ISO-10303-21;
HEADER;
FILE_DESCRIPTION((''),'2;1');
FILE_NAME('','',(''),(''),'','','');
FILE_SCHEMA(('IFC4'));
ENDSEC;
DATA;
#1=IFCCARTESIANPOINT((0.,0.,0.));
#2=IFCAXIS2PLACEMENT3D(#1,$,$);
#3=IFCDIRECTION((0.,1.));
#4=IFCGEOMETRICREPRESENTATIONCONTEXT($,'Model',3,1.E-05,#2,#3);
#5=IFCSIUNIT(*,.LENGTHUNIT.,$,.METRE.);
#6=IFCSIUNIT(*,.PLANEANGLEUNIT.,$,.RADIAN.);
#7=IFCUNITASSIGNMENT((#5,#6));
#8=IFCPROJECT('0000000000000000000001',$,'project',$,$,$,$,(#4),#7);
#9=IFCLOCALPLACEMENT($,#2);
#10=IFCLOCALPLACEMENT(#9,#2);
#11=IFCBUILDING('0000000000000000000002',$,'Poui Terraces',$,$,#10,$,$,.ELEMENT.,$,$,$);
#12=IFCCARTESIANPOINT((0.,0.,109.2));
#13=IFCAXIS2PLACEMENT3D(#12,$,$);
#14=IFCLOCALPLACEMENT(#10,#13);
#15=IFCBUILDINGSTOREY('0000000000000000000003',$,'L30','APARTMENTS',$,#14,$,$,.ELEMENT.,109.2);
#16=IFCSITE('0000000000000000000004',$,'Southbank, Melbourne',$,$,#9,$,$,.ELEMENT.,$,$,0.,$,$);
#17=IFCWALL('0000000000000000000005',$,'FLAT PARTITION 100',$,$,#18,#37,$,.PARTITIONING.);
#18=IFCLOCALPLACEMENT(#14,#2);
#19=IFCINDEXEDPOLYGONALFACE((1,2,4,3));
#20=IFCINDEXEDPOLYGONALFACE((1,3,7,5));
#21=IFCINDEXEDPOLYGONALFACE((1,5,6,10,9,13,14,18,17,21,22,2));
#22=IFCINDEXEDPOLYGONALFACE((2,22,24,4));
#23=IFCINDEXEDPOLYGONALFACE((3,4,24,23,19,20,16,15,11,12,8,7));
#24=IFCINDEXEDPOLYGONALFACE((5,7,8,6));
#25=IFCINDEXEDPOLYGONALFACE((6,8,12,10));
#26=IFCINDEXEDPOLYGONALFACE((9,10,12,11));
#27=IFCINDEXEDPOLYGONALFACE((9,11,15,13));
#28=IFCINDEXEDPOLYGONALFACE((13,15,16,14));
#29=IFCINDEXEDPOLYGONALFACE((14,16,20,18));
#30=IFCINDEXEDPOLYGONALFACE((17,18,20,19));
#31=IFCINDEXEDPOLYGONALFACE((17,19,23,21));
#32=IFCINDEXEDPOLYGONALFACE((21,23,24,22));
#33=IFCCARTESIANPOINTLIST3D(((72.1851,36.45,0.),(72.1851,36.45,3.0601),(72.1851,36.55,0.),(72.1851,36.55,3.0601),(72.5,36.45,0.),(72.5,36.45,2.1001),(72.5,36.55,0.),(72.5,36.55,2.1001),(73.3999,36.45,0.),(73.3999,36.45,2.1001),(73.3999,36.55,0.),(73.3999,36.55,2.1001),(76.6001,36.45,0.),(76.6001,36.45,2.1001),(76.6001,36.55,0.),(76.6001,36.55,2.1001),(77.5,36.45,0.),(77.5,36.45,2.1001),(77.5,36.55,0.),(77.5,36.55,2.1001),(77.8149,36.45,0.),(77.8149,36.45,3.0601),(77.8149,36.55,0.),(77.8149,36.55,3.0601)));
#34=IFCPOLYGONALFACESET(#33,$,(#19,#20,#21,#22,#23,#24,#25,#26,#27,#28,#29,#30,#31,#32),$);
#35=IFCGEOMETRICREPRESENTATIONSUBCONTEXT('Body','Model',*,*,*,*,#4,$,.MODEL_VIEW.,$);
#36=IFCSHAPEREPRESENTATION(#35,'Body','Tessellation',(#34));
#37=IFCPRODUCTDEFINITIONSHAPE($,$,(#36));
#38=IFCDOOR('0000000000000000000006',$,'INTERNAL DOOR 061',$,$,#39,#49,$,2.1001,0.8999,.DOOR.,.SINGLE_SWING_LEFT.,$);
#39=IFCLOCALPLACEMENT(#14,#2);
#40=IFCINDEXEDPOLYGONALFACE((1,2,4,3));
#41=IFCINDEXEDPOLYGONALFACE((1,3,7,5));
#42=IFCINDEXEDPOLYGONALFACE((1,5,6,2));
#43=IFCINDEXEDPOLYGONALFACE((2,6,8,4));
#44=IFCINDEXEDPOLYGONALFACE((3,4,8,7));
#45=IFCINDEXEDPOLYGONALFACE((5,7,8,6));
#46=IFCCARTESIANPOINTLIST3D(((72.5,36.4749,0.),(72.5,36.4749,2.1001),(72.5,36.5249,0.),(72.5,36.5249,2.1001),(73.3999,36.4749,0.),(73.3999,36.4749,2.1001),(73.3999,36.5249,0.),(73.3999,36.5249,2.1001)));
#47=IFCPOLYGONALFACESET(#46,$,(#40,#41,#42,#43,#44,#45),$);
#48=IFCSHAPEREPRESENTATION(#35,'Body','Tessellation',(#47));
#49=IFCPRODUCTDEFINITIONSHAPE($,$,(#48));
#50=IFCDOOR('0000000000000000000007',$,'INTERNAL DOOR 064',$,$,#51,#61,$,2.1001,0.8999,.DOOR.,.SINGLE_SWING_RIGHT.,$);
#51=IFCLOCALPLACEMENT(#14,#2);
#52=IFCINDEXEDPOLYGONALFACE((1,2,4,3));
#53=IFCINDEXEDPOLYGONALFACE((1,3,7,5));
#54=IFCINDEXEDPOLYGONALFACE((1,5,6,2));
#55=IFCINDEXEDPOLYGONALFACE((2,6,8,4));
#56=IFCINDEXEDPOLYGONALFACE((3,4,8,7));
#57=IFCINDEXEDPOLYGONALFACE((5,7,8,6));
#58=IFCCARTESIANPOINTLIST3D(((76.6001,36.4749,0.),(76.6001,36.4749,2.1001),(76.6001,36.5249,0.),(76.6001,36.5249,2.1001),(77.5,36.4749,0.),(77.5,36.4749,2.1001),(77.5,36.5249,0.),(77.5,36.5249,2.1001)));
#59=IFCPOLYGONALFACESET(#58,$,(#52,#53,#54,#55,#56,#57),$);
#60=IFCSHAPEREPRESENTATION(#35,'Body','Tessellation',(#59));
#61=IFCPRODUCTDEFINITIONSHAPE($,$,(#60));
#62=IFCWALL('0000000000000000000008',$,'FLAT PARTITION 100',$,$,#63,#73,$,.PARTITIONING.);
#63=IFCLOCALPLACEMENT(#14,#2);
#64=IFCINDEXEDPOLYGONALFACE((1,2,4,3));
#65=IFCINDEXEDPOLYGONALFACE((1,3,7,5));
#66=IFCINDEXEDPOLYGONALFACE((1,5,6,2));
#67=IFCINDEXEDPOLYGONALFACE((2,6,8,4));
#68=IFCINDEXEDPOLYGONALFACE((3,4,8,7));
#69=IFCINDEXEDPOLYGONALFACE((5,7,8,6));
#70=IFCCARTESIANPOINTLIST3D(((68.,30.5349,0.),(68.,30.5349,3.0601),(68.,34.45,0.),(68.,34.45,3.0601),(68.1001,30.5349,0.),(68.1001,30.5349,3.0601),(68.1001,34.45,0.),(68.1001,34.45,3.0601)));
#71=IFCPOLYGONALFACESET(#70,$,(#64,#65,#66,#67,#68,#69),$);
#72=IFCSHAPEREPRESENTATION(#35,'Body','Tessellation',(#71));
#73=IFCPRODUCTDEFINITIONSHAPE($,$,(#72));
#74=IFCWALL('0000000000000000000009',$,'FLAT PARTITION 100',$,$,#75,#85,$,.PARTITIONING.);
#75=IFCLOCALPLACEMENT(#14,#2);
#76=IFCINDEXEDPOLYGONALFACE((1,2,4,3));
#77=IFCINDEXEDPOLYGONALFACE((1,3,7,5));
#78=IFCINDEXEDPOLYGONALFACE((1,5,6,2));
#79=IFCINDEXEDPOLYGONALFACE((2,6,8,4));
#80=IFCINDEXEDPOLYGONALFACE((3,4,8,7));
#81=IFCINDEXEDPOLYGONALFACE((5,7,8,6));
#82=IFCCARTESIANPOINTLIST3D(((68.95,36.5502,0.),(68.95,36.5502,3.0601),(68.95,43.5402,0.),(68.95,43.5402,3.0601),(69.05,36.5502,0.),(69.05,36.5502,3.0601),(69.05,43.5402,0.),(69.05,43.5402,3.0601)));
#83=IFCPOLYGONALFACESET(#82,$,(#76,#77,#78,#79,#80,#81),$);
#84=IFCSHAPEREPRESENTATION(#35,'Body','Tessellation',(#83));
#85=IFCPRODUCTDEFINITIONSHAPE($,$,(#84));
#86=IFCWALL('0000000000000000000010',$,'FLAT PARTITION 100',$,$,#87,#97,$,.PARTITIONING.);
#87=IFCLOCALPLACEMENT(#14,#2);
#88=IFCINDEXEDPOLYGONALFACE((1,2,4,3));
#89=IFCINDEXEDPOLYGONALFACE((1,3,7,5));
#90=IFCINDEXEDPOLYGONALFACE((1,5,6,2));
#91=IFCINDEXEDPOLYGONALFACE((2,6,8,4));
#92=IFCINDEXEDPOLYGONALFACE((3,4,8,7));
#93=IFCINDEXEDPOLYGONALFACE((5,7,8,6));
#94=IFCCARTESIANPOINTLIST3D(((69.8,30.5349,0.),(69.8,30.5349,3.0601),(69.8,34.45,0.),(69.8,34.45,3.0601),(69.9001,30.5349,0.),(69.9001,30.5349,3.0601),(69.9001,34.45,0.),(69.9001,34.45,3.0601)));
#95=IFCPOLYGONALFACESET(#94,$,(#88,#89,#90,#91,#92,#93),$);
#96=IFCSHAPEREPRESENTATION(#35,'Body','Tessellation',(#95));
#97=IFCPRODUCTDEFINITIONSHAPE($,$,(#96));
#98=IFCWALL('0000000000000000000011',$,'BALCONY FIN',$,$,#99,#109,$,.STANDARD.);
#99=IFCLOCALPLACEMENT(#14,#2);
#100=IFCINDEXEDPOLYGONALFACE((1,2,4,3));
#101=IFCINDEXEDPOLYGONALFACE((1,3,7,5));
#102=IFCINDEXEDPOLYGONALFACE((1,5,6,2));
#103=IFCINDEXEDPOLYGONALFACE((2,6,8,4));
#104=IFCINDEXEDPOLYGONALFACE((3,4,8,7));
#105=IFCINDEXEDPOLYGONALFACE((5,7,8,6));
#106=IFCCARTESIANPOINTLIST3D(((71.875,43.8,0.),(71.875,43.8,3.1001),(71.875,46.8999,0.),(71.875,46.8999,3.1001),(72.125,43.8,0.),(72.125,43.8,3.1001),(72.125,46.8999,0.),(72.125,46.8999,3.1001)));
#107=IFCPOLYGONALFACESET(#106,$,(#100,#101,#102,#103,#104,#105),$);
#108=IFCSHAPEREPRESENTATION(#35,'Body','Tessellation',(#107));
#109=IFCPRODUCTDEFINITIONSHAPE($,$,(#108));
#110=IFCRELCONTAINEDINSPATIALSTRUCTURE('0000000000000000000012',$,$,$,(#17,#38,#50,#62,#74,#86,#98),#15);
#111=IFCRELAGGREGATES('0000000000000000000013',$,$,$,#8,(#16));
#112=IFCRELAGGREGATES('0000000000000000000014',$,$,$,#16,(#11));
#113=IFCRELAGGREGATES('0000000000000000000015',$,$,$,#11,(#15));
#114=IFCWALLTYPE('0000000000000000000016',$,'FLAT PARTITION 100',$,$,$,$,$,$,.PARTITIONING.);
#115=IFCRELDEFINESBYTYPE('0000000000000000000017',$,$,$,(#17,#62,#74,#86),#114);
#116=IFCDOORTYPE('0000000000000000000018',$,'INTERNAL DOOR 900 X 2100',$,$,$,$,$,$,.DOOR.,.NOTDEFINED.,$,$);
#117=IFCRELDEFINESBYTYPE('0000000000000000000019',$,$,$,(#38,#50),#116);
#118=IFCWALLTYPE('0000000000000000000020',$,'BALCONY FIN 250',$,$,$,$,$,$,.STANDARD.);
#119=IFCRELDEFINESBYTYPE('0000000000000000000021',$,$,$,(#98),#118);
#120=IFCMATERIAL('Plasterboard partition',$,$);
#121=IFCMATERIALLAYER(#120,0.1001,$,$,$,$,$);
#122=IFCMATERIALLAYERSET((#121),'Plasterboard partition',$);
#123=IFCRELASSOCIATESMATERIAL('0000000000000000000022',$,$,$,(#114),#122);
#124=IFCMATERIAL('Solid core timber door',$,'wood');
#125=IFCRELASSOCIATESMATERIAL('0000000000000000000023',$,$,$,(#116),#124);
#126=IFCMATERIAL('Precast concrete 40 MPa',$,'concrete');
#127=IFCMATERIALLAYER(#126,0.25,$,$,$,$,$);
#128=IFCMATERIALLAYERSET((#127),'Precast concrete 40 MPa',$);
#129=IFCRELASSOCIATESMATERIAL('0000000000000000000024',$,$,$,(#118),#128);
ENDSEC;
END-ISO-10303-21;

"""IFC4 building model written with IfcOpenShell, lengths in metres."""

from ifc_helpers import new_model, si_unit, direction, frame, frame_2d, origin, place, context, subcontext, project, spatial, polyline, rectangle, outline, extrude, source, transform, mapped, material, layer, layer_set, type_object, element, fill, save


model = new_model("IFC4")

# Units and contexts
model_context = context("Model", 3, precision=1e-05, world=origin(), true_north=direction((0.0, 1.0)))
body_context = subcontext(model_context, "Body", "Model", "MODEL_VIEW")
ifc_project = project(units=[si_unit("LENGTHUNIT", "METRE"), si_unit("PLANEANGLEUNIT", "RADIAN")], contexts=[model_context])

# Site, building, storey
site_placement = place(None, origin())
site = spatial("IfcSite", under=ifc_project, at=site_placement, Name="Southbank, Melbourne", CompositionType="ELEMENT", RefElevation=0.0)
building_placement = place(site_placement, origin())
building = spatial("IfcBuilding", under=site, at=building_placement, Name="Poui Terraces", CompositionType="ELEMENT")
storey_placement = place(building_placement, frame((0.0, 0.0, 109.2)))
storey = spatial("IfcBuildingStorey", under=building, at=storey_placement, Name="L30", Description="APARTMENTS", CompositionType="ELEMENT", Elevation=109.2)

# Shared definitions
ifc_material_1 = material(Name="Plasterboard partition")
ifc_layer_1 = layer(ifc_material_1, 0.1001)
ifc_layer_set_1 = layer_set([ifc_layer_1], Name="Plasterboard partition")
wall_type_1 = type_object("IfcWallType", Name="FLAT PARTITION 100", PredefinedType="PARTITIONING", material=ifc_layer_set_1)
ifc_material_2 = material(Name="Solid core timber door", Category="wood")
door_type_1 = type_object("IfcDoorType", Name="INTERNAL DOOR 900 X 2100", OperationType="NOTDEFINED", PredefinedType="DOOR", material=ifc_material_2)

# Wall, openings, doors
wall_1_placement = place(storey_placement, frame((72.1851, 36.5, 0.0), z_axis=(0.0, 0.0, 1.0), x_axis=(1.0, 0.0, 0.0)))
wall_1 = element("IfcWall", 1, at=wall_1_placement, inside=storey, type_object=wall_type_1, Name="FLAT PARTITION 100", PredefinedType="PARTITIONING", context=body_context, shape_type="SweptSolid", body=[
    extrude(rectangle(XDim=5.6299, YDim=0.1001, at=frame_2d((2.8149, 0.0))), origin(), (0.0, 0.0, 1.0), 3.0601),
])
opening_1_placement = place(wall_1_placement, frame((0.3149, 0.0, 0.0)))
opening_1 = element("IfcOpeningElement", 2, at=opening_1_placement, cuts=wall_1, PredefinedType="OPENING", context=body_context, shape_type="SweptSolid", body=[
    extrude(rectangle(XDim=0.8999, YDim=2.1001, at=frame_2d((0.45, 1.05))), frame((0.0, 0.0601, 0.0), z_axis=(0.0, -1.0, 0.0), x_axis=(1.0, 0.0, 0.0)), (0.0, 0.0, 1.0), 0.1201),
])
opening_2_placement = place(wall_1_placement, frame((4.415, 0.0, 0.0)))
opening_2 = element("IfcOpeningElement", 3, at=opening_2_placement, cuts=wall_1, PredefinedType="OPENING", context=body_context, shape_type="SweptSolid", body=[
    extrude(rectangle(XDim=0.8999, YDim=2.1001, at=frame_2d((0.45, 1.05))), frame((0.0, 0.0601, 0.0), z_axis=(0.0, -1.0, 0.0), x_axis=(1.0, 0.0, 0.0)), (0.0, 0.0, 1.0), 0.1201),
])
door_1_placement = place(opening_1_placement, origin())
door_1 = element("IfcDoor", 4, at=door_1_placement, inside=storey, type_object=door_type_1, Name="INTERNAL DOOR 061", OperationType="SINGLE_SWING_LEFT", OverallHeight=2.1001, OverallWidth=0.8999, PredefinedType="DOOR", context=body_context, shape_type="SweptSolid", body=[
    extrude(rectangle(XDim=0.8999, YDim=2.1001, at=frame_2d((0.45, 1.05))), frame((0.0, 0.0249, 0.0), z_axis=(0.0, -1.0, 0.0), x_axis=(1.0, 0.0, 0.0)), (0.0, 0.0, 1.0), 0.05),
])
fill(opening_1, door_1)
door_2_placement = place(opening_2_placement, origin())
door_2 = element("IfcDoor", 5, at=door_2_placement, inside=storey, type_object=door_type_1, Name="INTERNAL DOOR 064", OperationType="SINGLE_SWING_RIGHT", OverallHeight=2.1001, OverallWidth=0.8999, PredefinedType="DOOR", context=body_context, shape_type="SweptSolid", body=[
    extrude(rectangle(XDim=0.8999, YDim=2.1001, at=frame_2d((0.45, 1.05))), frame((0.0, 0.0249, 0.0), z_axis=(0.0, -1.0, 0.0), x_axis=(1.0, 0.0, 0.0)), (0.0, 0.0, 1.0), 0.05),
])
fill(opening_2, door_2)

# Walls
wall_2_placement = place(storey_placement, frame((68.05, 30.5349, 0.0), z_axis=(0.0, 0.0, 1.0), x_axis=(0.0, 1.0, 0.0)))
element("IfcWall", 6, at=wall_2_placement, inside=storey, type_object=wall_type_1, Name="FLAT PARTITION 100", PredefinedType="PARTITIONING", context=body_context, shape_type="SweptSolid", body=[
    extrude(rectangle(XDim=3.915, YDim=0.1001, at=frame_2d((1.9575, 0.0))), origin(), (0.0, 0.0, 1.0), 3.0601),
])
wall_3_placement = place(storey_placement, frame((69.0, 36.55, 0.0), z_axis=(0.0, 0.0, 1.0), x_axis=(0.0, 1.0, 0.0)))
element("IfcWall", 7, at=wall_3_placement, inside=storey, type_object=wall_type_1, Name="FLAT PARTITION 100", PredefinedType="PARTITIONING", context=body_context, shape_type="SweptSolid", body=[
    extrude(rectangle(XDim=6.99, YDim=0.1001, at=frame_2d((3.4951, 0.0))), origin(), (0.0, 0.0, 1.0), 3.0601),
])
wall_4_placement = place(storey_placement, frame((69.8501, 30.5349, 0.0), z_axis=(0.0, 0.0, 1.0), x_axis=(0.0, 1.0, 0.0)))
element("IfcWall", 8, at=wall_4_placement, inside=storey, type_object=wall_type_1, Name="FLAT PARTITION 100", PredefinedType="PARTITIONING", context=body_context, shape_type="SweptSolid", body=[
    extrude(rectangle(XDim=3.915, YDim=0.1001, at=frame_2d((1.9575, 0.0))), origin(), (0.0, 0.0, 1.0), 3.0601),
])
ifc_material_3 = material(Name="Precast concrete 40 MPa", Category="concrete")
ifc_layer_2 = layer(ifc_material_3, 0.25)
ifc_layer_set_2 = layer_set([ifc_layer_2], Name="Precast concrete 40 MPa")
wall_type_2 = type_object("IfcWallType", Name="BALCONY FIN 250", PredefinedType="STANDARD", material=ifc_layer_set_2)
shared_shape_1 = source(origin(), body_context, "Body", "SweptSolid", [
    extrude(outline(polyline([(0.0, 0.0), (0.25, 0.0), (0.25, 3.0999), (0.0, 3.0999), (0.0, 0.0)])), origin(), (0.0, 0.0, 1.0), 3.1001),
])
wall_5_placement = place(storey_placement, frame((71.875, 43.8, 0.0)))
element("IfcWall", 9, at=wall_5_placement, inside=storey, type_object=wall_type_2, Name="BALCONY FIN", PredefinedType="STANDARD", context=body_context, shape_type="MappedRepresentation", body=[
    mapped(shared_shape_1, transform((0.0, 0.0, 0.0))),
])

save(model, "model.ifc")
